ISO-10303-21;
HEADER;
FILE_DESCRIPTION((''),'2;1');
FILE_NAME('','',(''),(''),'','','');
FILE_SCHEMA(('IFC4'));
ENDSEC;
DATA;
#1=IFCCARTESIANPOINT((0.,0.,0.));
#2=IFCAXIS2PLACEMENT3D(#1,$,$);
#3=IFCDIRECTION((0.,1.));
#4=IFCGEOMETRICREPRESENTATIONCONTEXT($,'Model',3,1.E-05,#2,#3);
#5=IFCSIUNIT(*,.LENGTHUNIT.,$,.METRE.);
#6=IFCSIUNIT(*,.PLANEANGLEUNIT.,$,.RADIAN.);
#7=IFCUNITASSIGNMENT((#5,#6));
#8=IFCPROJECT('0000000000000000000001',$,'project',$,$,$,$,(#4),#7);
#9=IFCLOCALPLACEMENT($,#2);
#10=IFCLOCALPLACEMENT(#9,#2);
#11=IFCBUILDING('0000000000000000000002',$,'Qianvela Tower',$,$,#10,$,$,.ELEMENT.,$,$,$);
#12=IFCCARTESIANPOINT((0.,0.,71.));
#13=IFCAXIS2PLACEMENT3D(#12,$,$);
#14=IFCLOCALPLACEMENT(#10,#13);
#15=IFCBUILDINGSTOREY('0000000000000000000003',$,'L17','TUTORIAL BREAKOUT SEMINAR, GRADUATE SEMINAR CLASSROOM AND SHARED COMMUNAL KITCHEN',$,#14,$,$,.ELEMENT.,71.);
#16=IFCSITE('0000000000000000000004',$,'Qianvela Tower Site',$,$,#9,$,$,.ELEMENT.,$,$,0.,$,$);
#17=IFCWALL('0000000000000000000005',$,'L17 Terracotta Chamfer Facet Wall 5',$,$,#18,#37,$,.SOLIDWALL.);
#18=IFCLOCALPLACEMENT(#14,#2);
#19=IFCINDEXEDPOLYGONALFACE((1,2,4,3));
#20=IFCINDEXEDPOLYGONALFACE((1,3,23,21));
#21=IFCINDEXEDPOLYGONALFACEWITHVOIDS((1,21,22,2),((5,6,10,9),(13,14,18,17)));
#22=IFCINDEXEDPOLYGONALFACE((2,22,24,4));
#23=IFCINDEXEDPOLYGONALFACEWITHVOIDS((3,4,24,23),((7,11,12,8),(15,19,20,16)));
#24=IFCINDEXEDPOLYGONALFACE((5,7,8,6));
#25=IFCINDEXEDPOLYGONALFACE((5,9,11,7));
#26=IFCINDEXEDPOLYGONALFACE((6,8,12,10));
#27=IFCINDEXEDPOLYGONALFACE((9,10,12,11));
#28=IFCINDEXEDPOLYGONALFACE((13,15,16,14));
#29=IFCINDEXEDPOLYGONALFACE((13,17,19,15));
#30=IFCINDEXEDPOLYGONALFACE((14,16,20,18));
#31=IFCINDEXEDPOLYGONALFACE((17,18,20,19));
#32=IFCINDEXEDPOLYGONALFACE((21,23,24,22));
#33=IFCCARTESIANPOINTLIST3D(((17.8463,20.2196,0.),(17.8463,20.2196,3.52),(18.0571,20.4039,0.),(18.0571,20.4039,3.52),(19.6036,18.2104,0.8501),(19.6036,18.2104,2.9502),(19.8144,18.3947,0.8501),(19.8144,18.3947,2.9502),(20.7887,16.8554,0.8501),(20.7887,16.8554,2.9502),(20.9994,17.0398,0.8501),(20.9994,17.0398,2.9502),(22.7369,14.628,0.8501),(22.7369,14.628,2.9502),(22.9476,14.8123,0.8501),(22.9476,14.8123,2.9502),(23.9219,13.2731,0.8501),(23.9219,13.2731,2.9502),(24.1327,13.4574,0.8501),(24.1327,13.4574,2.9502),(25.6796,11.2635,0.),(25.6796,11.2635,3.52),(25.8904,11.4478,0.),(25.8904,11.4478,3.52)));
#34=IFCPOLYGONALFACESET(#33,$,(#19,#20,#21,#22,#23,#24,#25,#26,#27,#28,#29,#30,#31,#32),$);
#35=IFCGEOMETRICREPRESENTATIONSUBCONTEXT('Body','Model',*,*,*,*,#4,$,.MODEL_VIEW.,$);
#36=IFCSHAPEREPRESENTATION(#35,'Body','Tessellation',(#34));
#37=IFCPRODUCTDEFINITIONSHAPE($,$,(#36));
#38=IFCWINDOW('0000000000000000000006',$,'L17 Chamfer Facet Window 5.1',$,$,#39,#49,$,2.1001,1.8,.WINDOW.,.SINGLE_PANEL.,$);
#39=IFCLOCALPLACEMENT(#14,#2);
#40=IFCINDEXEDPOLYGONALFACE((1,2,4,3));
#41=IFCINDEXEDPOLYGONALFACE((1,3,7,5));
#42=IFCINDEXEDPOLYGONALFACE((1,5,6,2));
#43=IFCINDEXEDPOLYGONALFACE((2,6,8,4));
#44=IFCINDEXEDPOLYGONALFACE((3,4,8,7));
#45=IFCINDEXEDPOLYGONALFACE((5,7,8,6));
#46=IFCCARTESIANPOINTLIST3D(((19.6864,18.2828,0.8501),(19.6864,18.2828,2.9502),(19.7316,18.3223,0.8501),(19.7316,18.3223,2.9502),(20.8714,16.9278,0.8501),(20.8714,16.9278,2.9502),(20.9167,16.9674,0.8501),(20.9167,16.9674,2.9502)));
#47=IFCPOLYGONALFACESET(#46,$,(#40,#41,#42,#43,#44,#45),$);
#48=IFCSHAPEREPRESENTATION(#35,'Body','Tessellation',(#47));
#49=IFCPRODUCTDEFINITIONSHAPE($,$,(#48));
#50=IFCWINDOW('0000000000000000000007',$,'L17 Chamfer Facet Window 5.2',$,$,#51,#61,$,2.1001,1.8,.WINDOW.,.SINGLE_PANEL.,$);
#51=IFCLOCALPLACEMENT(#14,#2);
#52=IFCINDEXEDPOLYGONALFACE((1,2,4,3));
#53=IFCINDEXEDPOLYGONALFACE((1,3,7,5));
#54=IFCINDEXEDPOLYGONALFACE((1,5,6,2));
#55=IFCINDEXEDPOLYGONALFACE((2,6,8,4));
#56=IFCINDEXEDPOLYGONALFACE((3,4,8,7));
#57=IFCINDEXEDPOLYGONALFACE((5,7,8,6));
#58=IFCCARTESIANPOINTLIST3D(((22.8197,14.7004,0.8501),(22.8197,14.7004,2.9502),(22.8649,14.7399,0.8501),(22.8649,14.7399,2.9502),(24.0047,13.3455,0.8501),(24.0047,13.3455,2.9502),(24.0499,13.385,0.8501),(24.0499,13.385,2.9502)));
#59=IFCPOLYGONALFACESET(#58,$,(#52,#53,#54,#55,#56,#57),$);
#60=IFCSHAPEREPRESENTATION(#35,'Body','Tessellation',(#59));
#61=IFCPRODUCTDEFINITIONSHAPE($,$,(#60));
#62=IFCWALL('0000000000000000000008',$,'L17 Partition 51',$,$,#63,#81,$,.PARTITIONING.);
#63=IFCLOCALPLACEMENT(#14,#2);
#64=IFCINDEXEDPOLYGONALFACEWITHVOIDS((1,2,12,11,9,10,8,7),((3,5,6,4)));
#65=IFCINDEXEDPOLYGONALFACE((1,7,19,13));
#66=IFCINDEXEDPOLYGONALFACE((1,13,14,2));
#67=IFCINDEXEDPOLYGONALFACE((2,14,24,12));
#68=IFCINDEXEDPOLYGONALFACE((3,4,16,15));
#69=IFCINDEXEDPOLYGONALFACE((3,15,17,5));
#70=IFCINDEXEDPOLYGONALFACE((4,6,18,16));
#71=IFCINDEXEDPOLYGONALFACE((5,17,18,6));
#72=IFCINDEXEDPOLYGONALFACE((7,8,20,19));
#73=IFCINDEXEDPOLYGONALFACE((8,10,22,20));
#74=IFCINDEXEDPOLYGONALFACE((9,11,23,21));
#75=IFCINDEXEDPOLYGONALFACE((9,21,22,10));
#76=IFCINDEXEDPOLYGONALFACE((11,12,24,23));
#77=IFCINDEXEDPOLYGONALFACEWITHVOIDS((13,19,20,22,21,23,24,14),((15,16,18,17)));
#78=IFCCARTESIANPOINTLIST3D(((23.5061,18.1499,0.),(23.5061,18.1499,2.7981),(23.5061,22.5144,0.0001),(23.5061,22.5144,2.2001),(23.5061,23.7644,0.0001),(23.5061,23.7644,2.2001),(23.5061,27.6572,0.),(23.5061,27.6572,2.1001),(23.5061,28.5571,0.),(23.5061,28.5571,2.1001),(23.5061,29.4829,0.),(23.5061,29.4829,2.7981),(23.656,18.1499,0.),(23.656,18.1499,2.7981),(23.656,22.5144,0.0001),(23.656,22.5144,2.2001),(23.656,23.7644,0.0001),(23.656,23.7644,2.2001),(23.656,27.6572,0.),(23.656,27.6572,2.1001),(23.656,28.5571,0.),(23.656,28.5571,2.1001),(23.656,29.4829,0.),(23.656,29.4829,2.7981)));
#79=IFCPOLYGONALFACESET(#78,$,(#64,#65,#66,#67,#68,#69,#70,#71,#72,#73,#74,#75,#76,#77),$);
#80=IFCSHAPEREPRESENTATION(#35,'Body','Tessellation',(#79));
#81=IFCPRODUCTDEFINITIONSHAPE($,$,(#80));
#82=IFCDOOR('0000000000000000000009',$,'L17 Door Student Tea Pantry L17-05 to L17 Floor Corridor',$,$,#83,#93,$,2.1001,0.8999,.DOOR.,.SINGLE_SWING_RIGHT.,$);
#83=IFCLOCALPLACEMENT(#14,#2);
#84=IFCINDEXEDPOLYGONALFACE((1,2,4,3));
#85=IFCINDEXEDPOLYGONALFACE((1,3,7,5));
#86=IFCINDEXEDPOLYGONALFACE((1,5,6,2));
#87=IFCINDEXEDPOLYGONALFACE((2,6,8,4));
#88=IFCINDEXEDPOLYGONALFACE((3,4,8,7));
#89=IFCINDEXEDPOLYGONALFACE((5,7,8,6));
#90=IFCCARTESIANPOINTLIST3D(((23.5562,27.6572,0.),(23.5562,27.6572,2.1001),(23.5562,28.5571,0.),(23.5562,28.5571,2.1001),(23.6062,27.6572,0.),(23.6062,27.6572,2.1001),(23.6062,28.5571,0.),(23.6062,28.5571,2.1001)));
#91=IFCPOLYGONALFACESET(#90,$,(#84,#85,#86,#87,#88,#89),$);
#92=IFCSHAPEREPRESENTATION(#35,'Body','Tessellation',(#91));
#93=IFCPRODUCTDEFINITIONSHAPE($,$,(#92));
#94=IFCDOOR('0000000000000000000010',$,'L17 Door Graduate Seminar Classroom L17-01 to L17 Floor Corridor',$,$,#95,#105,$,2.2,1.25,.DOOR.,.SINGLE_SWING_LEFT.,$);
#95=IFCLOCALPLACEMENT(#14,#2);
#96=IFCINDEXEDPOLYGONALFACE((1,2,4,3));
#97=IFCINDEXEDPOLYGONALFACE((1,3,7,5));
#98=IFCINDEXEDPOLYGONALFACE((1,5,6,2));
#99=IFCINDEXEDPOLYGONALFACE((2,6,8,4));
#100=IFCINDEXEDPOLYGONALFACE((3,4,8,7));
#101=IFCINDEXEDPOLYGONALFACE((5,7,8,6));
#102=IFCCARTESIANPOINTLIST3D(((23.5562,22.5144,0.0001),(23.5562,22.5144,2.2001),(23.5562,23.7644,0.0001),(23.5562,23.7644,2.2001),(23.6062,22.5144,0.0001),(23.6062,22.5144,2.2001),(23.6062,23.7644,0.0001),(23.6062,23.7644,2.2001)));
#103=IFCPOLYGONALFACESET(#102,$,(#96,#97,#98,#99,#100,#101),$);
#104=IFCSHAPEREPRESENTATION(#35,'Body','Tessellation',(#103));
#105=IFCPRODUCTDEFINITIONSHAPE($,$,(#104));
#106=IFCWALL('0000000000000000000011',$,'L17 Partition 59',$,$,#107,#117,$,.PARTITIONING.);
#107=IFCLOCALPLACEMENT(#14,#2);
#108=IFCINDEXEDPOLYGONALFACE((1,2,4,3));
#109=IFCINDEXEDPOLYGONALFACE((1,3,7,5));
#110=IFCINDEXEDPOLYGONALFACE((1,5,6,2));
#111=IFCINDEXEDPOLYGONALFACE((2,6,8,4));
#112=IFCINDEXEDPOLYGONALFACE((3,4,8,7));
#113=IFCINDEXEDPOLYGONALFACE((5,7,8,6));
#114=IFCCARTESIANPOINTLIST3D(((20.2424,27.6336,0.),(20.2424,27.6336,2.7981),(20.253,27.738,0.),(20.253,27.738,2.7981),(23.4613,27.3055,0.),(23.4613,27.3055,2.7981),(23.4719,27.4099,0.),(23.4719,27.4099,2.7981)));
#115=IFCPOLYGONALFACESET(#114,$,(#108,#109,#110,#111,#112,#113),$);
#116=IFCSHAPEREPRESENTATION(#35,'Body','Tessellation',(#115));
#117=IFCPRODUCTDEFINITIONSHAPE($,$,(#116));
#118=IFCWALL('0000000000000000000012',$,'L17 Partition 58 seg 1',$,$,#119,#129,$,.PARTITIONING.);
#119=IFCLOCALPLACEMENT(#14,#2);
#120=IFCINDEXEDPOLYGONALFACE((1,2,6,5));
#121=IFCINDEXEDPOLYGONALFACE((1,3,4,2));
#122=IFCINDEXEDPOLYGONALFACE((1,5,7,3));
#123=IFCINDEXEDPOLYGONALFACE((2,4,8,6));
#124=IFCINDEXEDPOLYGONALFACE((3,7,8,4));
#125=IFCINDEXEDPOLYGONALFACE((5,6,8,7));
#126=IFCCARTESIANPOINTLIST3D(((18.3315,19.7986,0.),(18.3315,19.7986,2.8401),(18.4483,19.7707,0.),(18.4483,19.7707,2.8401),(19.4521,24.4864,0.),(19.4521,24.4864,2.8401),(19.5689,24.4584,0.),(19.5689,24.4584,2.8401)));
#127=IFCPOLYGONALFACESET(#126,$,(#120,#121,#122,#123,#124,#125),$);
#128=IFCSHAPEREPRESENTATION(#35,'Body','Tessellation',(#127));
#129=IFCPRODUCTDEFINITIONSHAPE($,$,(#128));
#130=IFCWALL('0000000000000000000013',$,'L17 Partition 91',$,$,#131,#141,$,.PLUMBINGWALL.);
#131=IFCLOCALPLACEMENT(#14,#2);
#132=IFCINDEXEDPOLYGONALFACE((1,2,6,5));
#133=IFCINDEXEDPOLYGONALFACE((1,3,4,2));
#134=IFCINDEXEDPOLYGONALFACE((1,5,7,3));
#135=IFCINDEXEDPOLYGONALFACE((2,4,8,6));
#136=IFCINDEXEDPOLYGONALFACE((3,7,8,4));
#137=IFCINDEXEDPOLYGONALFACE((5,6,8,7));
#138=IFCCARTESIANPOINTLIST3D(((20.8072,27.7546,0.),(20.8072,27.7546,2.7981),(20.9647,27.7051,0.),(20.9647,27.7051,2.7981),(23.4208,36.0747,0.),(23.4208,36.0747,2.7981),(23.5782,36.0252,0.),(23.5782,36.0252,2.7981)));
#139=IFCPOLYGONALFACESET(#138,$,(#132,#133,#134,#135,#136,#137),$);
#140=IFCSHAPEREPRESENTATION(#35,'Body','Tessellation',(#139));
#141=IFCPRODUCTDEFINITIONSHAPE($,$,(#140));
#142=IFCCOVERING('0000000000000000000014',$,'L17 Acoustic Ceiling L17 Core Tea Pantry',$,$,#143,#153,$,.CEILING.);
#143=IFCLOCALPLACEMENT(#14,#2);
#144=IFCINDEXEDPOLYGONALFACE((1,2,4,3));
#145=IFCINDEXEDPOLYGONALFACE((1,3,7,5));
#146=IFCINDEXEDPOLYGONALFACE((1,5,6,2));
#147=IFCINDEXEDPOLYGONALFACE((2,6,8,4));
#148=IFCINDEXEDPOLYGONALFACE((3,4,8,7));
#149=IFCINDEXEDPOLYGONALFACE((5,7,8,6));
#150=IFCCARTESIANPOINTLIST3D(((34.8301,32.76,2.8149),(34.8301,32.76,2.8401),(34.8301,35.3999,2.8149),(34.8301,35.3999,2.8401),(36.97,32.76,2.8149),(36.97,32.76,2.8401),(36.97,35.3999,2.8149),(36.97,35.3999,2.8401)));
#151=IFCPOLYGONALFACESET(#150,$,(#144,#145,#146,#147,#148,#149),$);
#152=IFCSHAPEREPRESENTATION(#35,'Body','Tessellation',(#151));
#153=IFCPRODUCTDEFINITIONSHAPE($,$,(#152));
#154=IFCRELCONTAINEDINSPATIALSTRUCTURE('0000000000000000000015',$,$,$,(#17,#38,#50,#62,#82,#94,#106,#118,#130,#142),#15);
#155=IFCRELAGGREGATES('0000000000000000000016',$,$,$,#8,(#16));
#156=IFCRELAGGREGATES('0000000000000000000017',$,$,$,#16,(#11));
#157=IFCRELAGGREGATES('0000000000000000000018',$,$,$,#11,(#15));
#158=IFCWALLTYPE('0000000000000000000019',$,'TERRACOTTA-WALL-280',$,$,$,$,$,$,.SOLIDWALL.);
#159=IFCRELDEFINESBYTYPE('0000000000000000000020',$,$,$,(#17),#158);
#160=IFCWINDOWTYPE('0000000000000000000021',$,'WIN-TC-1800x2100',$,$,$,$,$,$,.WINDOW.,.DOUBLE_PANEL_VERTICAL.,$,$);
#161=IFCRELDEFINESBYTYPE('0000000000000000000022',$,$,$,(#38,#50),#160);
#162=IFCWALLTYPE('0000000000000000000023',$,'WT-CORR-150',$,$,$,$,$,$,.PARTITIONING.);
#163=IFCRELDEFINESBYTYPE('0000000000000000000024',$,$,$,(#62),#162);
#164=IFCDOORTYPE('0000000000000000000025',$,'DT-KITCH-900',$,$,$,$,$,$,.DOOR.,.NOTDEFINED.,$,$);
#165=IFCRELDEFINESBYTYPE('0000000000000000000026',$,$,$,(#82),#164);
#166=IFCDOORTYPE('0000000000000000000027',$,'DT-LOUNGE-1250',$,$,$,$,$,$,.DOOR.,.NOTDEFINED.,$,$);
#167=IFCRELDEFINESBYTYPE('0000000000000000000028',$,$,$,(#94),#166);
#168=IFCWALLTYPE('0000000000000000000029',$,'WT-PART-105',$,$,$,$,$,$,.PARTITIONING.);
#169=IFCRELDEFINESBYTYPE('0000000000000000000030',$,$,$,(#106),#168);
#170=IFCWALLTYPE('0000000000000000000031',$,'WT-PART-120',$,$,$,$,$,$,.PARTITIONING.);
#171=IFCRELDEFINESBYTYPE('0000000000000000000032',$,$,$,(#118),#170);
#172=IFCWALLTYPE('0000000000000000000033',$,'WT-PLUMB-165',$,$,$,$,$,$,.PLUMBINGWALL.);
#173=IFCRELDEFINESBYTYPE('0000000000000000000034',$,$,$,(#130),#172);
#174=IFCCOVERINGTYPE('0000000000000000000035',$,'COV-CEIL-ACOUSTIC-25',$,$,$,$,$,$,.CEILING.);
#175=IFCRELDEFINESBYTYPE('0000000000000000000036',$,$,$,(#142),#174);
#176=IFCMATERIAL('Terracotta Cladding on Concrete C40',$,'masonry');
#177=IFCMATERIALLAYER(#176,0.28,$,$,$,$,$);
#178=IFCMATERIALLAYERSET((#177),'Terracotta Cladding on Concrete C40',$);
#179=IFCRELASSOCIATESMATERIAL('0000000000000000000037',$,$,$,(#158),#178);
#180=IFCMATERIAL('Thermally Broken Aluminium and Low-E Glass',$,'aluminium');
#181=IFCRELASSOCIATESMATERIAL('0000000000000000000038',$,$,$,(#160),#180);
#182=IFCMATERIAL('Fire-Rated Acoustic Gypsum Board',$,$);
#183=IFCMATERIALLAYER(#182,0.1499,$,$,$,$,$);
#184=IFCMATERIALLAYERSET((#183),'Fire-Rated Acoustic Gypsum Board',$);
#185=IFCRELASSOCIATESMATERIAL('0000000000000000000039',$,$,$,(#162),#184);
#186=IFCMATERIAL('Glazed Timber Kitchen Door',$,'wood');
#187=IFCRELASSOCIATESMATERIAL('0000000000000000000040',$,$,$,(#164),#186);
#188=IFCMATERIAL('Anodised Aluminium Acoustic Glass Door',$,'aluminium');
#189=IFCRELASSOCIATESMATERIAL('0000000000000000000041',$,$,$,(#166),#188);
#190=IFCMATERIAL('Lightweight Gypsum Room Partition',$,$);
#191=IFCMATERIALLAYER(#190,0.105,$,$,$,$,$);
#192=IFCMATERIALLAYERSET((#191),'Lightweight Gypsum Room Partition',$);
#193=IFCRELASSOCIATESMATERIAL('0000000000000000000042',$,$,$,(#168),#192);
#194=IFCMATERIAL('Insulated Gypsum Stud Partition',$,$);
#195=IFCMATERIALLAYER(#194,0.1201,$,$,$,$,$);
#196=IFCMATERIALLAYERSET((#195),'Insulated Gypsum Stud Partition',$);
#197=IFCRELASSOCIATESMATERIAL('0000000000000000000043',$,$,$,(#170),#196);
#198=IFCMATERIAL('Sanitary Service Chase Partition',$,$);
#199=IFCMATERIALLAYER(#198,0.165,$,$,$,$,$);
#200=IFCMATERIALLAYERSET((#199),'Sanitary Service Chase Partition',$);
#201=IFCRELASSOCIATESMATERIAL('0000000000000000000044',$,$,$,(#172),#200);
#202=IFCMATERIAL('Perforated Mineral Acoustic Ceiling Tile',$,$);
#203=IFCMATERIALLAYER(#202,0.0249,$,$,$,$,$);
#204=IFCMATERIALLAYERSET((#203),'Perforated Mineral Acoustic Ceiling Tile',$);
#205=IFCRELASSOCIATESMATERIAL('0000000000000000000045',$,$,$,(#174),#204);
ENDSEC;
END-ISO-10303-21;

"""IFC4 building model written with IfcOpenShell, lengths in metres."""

from ifc_helpers import new_model, si_unit, direction, frame, frame_2d, origin, place, context, subcontext, project, spatial, polyline, rectangle, outline, extrude, material, layer, layer_set, type_object, element, fill, save


model = new_model("IFC4")

# Units and contexts
model_context = context("Model", 3, precision=1e-05, world=origin(), true_north=direction((0.0, 1.0)))
body_context = subcontext(model_context, "Body", "Model", "MODEL_VIEW")
ifc_project = project(units=[si_unit("LENGTHUNIT", "METRE"), si_unit("PLANEANGLEUNIT", "RADIAN")], contexts=[model_context])

# Site, building, storey
site_placement = place(None, origin())
site = spatial("IfcSite", under=ifc_project, at=site_placement, Name="Qianvela Tower Site", CompositionType="ELEMENT", RefElevation=0.0)
building_placement = place(site_placement, origin())
building = spatial("IfcBuilding", under=site, at=building_placement, Name="Qianvela Tower", CompositionType="ELEMENT")
storey_placement = place(building_placement, frame((0.0, 0.0, 71.0)))
storey = spatial("IfcBuildingStorey", under=building, at=storey_placement, Name="L17", Description="TUTORIAL BREAKOUT SEMINAR, GRADUATE SEMINAR CLASSROOM AND SHARED COMMUNAL KITCHEN", CompositionType="ELEMENT", Elevation=71.0)

# Wall, openings, windows
ifc_material_1 = material(Name="Terracotta Cladding on Concrete C40", Category="masonry")
ifc_layer_1 = layer(ifc_material_1, 0.28)
ifc_layer_set_1 = layer_set([ifc_layer_1], Name="Terracotta Cladding on Concrete C40")
wall_type_1 = type_object("IfcWallType", Name="TERRACOTTA-WALL-280", PredefinedType="SOLIDWALL", material=ifc_layer_set_1)
wall_1_placement = place(storey_placement, frame((17.9517, 20.3118, 0.0), z_axis=(0.0, 0.0, 1.0), x_axis=(0.658348, -0.752714, 0.0)))
wall_1 = element("IfcWall", 1, at=wall_1_placement, inside=storey, type_object=wall_type_1, Name="L17 Terracotta Chamfer Facet Wall 5", PredefinedType="SOLIDWALL", context=body_context, shape_type="SweptSolid", body=[
    extrude(rectangle(XDim=11.8984, YDim=0.28, at=frame_2d((5.9492, 0.0))), origin(), (0.0, 0.0, 1.0), 3.52),
])
opening_1_placement = place(wall_1_placement, frame((2.6694, 0.0, 0.8501)))
opening_1 = element("IfcOpeningElement", 2, at=opening_1_placement, cuts=wall_1, PredefinedType="OPENING", context=body_context, shape_type="SweptSolid", body=[
    extrude(rectangle(XDim=1.8, YDim=2.1001, at=frame_2d((0.8999, 1.05))), frame((0.0, 0.1499, 0.0), z_axis=(0.0, -1.0, 0.0), x_axis=(1.0, 0.0, 0.0)), (0.0, 0.0, 1.0), 0.3),
])
opening_2_placement = place(wall_1_placement, frame((7.4287, 0.0, 0.8501)))
opening_2 = element("IfcOpeningElement", 3, at=opening_2_placement, cuts=wall_1, PredefinedType="OPENING", context=body_context, shape_type="SweptSolid", body=[
    extrude(rectangle(XDim=1.8, YDim=2.1001, at=frame_2d((0.8999, 1.05))), frame((0.0, 0.1499, 0.0), z_axis=(0.0, -1.0, 0.0), x_axis=(1.0, 0.0, 0.0)), (0.0, 0.0, 1.0), 0.3),
])
ifc_material_2 = material(Name="Thermally Broken Aluminium and Low-E Glass", Category="aluminium")
window_type = type_object("IfcWindowType", Name="WIN-TC-1800x2100", PartitioningType="DOUBLE_PANEL_VERTICAL", PredefinedType="WINDOW", material=ifc_material_2)
window_1_placement = place(opening_1_placement, origin())
window_1 = element("IfcWindow", 4, at=window_1_placement, inside=storey, type_object=window_type, Name="L17 Chamfer Facet Window 5.1", OverallHeight=2.1001, OverallWidth=1.8, PartitioningType="SINGLE_PANEL", PredefinedType="WINDOW", context=body_context, shape_type="SweptSolid", body=[
    extrude(rectangle(XDim=1.8, YDim=2.1001, at=frame_2d((0.8999, 1.05))), frame((0.0, 0.03, 0.0), z_axis=(0.0, -1.0, 0.0), x_axis=(1.0, 0.0, 0.0)), (0.0, 0.0, 1.0), 0.0601),
])
fill(opening_1, window_1)
window_2_placement = place(opening_2_placement, origin())
window_2 = element("IfcWindow", 5, at=window_2_placement, inside=storey, type_object=window_type, Name="L17 Chamfer Facet Window 5.2", OverallHeight=2.1001, OverallWidth=1.8, PartitioningType="SINGLE_PANEL", PredefinedType="WINDOW", context=body_context, shape_type="SweptSolid", body=[
    extrude(rectangle(XDim=1.8, YDim=2.1001, at=frame_2d((0.8999, 1.05))), frame((0.0, 0.03, 0.0), z_axis=(0.0, -1.0, 0.0), x_axis=(1.0, 0.0, 0.0)), (0.0, 0.0, 1.0), 0.0601),
])
fill(opening_2, window_2)

# Wall, openings, doors
ifc_material_3 = material(Name="Fire-Rated Acoustic Gypsum Board")
ifc_layer_2 = layer(ifc_material_3, 0.1499)
ifc_layer_set_2 = layer_set([ifc_layer_2], Name="Fire-Rated Acoustic Gypsum Board")
wall_type_2 = type_object("IfcWallType", Name="WT-CORR-150", PredefinedType="PARTITIONING", material=ifc_layer_set_2)
wall_2_placement = place(storey_placement, frame((23.5811, 18.1499, 0.0), z_axis=(0.0, 0.0, 1.0), x_axis=(0.0, 1.0, 0.0)))
wall_2 = element("IfcWall", 6, at=wall_2_placement, inside=storey, type_object=wall_type_2, Name="L17 Partition 51", PredefinedType="PARTITIONING", context=body_context, shape_type="SweptSolid", body=[
    extrude(rectangle(XDim=11.333, YDim=0.1499, at=frame_2d((5.6665, 0.0))), origin(), (0.0, 0.0, 1.0), 2.7981),
])
opening_3_placement = place(wall_2_placement, frame((4.3645, 0.0, 0.0)))
opening_3 = element("IfcOpeningElement", 7, at=opening_3_placement, cuts=wall_2, PredefinedType="OPENING", context=body_context, shape_type="SweptSolid", body=[
    extrude(rectangle(XDim=1.25, YDim=2.2, at=frame_2d((0.625, 1.1001))), frame((0.0, 0.085, 0.0), z_axis=(0.0, -1.0, 0.0), x_axis=(1.0, 0.0, 0.0)), (0.0, 0.0, 1.0), 0.1699),
])
opening_4_placement = place(wall_2_placement, frame((9.5073, 0.0, 0.0)))
opening_4 = element("IfcOpeningElement", 8, at=opening_4_placement, cuts=wall_2, PredefinedType="OPENING", context=body_context, shape_type="SweptSolid", body=[
    extrude(rectangle(XDim=0.8999, YDim=2.1001, at=frame_2d((0.45, 1.05))), frame((0.0, 0.085, 0.0), z_axis=(0.0, -1.0, 0.0), x_axis=(1.0, 0.0, 0.0)), (0.0, 0.0, 1.0), 0.1699),
])
ifc_material_4 = material(Name="Glazed Timber Kitchen Door", Category="wood")
door_type_1 = type_object("IfcDoorType", Name="DT-KITCH-900", OperationType="NOTDEFINED", PredefinedType="DOOR", material=ifc_material_4)
door_1_placement = place(opening_4_placement, origin())
door_1 = element("IfcDoor", 9, at=door_1_placement, inside=storey, type_object=door_type_1, Name="L17 Door Student Tea Pantry L17-05 to L17 Floor Corridor", OperationType="SINGLE_SWING_RIGHT", OverallHeight=2.1001, OverallWidth=0.8999, PredefinedType="DOOR", context=body_context, shape_type="SweptSolid", body=[
    extrude(rectangle(XDim=0.8999, YDim=2.1001, at=frame_2d((0.45, 1.05))), frame((0.0, 0.0249, 0.0), z_axis=(0.0, -1.0, 0.0), x_axis=(1.0, 0.0, 0.0)), (0.0, 0.0, 1.0), 0.05),
])
fill(opening_4, door_1)
ifc_material_5 = material(Name="Anodised Aluminium Acoustic Glass Door", Category="aluminium")
door_type_2 = type_object("IfcDoorType", Name="DT-LOUNGE-1250", OperationType="NOTDEFINED", PredefinedType="DOOR", material=ifc_material_5)
door_2_placement = place(opening_3_placement, origin())
door_2 = element("IfcDoor", 10, at=door_2_placement, inside=storey, type_object=door_type_2, Name="L17 Door Graduate Seminar Classroom L17-01 to L17 Floor Corridor", OperationType="SINGLE_SWING_LEFT", OverallHeight=2.2, OverallWidth=1.25, PredefinedType="DOOR", context=body_context, shape_type="SweptSolid", body=[
    extrude(rectangle(XDim=1.25, YDim=2.2, at=frame_2d((0.625, 1.1001))), frame((0.0, 0.0249, 0.0), z_axis=(0.0, -1.0, 0.0), x_axis=(1.0, 0.0, 0.0)), (0.0, 0.0, 1.0), 0.05),
])
fill(opening_3, door_2)

# Walls
ifc_material_6 = material(Name="Lightweight Gypsum Room Partition")
ifc_layer_3 = layer(ifc_material_6, 0.105)
ifc_layer_set_3 = layer_set([ifc_layer_3], Name="Lightweight Gypsum Room Partition")
wall_type_3 = type_object("IfcWallType", Name="WT-PART-105", PredefinedType="PARTITIONING", material=ifc_layer_set_3)
wall_3_placement = place(storey_placement, frame((20.2478, 27.6858, 0.0), z_axis=(0.0, 0.0, 1.0), x_axis=(0.994845, -0.101409, 0.0)))
element("IfcWall", 11, at=wall_3_placement, inside=storey, type_object=wall_type_3, Name="L17 Partition 59", PredefinedType="PARTITIONING", context=body_context, shape_type="SweptSolid", body=[
    extrude(rectangle(XDim=3.2356, YDim=0.105, at=frame_2d((1.6177, 0.0))), origin(), (0.0, 0.0, 1.0), 2.7981),
])
ifc_material_7 = material(Name="Insulated Gypsum Stud Partition")
ifc_layer_4 = layer(ifc_material_7, 0.1201)
ifc_layer_set_4 = layer_set([ifc_layer_4], Name="Insulated Gypsum Stud Partition")
wall_type_4 = type_object("IfcWallType", Name="WT-PART-120", PredefinedType="PARTITIONING", material=ifc_layer_set_4)
wall_4_placement = place(storey_placement, frame((18.3899, 19.7847, 0.0), z_axis=(0.0, 0.0, 1.0), x_axis=(0.232499, 0.972597, 0.0)))
element("IfcWall", 12, at=wall_4_placement, inside=storey, type_object=wall_type_4, Name="L17 Partition 58 seg 1", PredefinedType="PARTITIONING", context=body_context, shape_type="SweptSolid", body=[
    extrude(rectangle(XDim=4.8198, YDim=0.1201, at=frame_2d((2.4099, 0.0))), origin(), (0.0, 0.0, 1.0), 2.8401),
])
ifc_material_8 = material(Name="Sanitary Service Chase Partition")
ifc_layer_5 = layer(ifc_material_8, 0.165)
ifc_layer_set_5 = layer_set([ifc_layer_5], Name="Sanitary Service Chase Partition")
wall_type_5 = type_object("IfcWallType", Name="WT-PLUMB-165", PredefinedType="PLUMBINGWALL", material=ifc_layer_set_5)
wall_5_placement = place(storey_placement, frame((20.886, 27.73, 0.0), z_axis=(0.0, 0.0, 1.0), x_axis=(0.299685, 0.954038, 0.0)))
element("IfcWall", 13, at=wall_5_placement, inside=storey, type_object=wall_type_5, Name="L17 Partition 91", PredefinedType="PLUMBINGWALL", context=body_context, shape_type="SweptSolid", body=[
    extrude(rectangle(XDim=8.7209, YDim=0.165, at=frame_2d((4.3604, 0.0))), origin(), (0.0, 0.0, 1.0), 2.7981),
])

# Covering
ifc_material_9 = material(Name="Perforated Mineral Acoustic Ceiling Tile")
ifc_layer_6 = layer(ifc_material_9, 0.0249)
ifc_layer_set_6 = layer_set([ifc_layer_6], Name="Perforated Mineral Acoustic Ceiling Tile")
covering_type_1 = type_object("IfcCoveringType", Name="COV-CEIL-ACOUSTIC-25", PredefinedType="CEILING", material=ifc_layer_set_6)
covering_1_placement = place(storey_placement, frame((0.0, 0.0, 2.8149)))
element("IfcCovering", 14, at=covering_1_placement, inside=storey, type_object=covering_type_1, Name="L17 Acoustic Ceiling L17 Core Tea Pantry", PredefinedType="CEILING", context=body_context, shape_type="SweptSolid", body=[
    extrude(outline(polyline([(36.97, 32.76), (34.8301, 32.76), (34.8301, 35.3999), (36.97, 35.3999), (36.97, 32.76)])), origin(), (0.0, 0.0, 1.0), 0.0251),
])

save(model, "model.ifc")
